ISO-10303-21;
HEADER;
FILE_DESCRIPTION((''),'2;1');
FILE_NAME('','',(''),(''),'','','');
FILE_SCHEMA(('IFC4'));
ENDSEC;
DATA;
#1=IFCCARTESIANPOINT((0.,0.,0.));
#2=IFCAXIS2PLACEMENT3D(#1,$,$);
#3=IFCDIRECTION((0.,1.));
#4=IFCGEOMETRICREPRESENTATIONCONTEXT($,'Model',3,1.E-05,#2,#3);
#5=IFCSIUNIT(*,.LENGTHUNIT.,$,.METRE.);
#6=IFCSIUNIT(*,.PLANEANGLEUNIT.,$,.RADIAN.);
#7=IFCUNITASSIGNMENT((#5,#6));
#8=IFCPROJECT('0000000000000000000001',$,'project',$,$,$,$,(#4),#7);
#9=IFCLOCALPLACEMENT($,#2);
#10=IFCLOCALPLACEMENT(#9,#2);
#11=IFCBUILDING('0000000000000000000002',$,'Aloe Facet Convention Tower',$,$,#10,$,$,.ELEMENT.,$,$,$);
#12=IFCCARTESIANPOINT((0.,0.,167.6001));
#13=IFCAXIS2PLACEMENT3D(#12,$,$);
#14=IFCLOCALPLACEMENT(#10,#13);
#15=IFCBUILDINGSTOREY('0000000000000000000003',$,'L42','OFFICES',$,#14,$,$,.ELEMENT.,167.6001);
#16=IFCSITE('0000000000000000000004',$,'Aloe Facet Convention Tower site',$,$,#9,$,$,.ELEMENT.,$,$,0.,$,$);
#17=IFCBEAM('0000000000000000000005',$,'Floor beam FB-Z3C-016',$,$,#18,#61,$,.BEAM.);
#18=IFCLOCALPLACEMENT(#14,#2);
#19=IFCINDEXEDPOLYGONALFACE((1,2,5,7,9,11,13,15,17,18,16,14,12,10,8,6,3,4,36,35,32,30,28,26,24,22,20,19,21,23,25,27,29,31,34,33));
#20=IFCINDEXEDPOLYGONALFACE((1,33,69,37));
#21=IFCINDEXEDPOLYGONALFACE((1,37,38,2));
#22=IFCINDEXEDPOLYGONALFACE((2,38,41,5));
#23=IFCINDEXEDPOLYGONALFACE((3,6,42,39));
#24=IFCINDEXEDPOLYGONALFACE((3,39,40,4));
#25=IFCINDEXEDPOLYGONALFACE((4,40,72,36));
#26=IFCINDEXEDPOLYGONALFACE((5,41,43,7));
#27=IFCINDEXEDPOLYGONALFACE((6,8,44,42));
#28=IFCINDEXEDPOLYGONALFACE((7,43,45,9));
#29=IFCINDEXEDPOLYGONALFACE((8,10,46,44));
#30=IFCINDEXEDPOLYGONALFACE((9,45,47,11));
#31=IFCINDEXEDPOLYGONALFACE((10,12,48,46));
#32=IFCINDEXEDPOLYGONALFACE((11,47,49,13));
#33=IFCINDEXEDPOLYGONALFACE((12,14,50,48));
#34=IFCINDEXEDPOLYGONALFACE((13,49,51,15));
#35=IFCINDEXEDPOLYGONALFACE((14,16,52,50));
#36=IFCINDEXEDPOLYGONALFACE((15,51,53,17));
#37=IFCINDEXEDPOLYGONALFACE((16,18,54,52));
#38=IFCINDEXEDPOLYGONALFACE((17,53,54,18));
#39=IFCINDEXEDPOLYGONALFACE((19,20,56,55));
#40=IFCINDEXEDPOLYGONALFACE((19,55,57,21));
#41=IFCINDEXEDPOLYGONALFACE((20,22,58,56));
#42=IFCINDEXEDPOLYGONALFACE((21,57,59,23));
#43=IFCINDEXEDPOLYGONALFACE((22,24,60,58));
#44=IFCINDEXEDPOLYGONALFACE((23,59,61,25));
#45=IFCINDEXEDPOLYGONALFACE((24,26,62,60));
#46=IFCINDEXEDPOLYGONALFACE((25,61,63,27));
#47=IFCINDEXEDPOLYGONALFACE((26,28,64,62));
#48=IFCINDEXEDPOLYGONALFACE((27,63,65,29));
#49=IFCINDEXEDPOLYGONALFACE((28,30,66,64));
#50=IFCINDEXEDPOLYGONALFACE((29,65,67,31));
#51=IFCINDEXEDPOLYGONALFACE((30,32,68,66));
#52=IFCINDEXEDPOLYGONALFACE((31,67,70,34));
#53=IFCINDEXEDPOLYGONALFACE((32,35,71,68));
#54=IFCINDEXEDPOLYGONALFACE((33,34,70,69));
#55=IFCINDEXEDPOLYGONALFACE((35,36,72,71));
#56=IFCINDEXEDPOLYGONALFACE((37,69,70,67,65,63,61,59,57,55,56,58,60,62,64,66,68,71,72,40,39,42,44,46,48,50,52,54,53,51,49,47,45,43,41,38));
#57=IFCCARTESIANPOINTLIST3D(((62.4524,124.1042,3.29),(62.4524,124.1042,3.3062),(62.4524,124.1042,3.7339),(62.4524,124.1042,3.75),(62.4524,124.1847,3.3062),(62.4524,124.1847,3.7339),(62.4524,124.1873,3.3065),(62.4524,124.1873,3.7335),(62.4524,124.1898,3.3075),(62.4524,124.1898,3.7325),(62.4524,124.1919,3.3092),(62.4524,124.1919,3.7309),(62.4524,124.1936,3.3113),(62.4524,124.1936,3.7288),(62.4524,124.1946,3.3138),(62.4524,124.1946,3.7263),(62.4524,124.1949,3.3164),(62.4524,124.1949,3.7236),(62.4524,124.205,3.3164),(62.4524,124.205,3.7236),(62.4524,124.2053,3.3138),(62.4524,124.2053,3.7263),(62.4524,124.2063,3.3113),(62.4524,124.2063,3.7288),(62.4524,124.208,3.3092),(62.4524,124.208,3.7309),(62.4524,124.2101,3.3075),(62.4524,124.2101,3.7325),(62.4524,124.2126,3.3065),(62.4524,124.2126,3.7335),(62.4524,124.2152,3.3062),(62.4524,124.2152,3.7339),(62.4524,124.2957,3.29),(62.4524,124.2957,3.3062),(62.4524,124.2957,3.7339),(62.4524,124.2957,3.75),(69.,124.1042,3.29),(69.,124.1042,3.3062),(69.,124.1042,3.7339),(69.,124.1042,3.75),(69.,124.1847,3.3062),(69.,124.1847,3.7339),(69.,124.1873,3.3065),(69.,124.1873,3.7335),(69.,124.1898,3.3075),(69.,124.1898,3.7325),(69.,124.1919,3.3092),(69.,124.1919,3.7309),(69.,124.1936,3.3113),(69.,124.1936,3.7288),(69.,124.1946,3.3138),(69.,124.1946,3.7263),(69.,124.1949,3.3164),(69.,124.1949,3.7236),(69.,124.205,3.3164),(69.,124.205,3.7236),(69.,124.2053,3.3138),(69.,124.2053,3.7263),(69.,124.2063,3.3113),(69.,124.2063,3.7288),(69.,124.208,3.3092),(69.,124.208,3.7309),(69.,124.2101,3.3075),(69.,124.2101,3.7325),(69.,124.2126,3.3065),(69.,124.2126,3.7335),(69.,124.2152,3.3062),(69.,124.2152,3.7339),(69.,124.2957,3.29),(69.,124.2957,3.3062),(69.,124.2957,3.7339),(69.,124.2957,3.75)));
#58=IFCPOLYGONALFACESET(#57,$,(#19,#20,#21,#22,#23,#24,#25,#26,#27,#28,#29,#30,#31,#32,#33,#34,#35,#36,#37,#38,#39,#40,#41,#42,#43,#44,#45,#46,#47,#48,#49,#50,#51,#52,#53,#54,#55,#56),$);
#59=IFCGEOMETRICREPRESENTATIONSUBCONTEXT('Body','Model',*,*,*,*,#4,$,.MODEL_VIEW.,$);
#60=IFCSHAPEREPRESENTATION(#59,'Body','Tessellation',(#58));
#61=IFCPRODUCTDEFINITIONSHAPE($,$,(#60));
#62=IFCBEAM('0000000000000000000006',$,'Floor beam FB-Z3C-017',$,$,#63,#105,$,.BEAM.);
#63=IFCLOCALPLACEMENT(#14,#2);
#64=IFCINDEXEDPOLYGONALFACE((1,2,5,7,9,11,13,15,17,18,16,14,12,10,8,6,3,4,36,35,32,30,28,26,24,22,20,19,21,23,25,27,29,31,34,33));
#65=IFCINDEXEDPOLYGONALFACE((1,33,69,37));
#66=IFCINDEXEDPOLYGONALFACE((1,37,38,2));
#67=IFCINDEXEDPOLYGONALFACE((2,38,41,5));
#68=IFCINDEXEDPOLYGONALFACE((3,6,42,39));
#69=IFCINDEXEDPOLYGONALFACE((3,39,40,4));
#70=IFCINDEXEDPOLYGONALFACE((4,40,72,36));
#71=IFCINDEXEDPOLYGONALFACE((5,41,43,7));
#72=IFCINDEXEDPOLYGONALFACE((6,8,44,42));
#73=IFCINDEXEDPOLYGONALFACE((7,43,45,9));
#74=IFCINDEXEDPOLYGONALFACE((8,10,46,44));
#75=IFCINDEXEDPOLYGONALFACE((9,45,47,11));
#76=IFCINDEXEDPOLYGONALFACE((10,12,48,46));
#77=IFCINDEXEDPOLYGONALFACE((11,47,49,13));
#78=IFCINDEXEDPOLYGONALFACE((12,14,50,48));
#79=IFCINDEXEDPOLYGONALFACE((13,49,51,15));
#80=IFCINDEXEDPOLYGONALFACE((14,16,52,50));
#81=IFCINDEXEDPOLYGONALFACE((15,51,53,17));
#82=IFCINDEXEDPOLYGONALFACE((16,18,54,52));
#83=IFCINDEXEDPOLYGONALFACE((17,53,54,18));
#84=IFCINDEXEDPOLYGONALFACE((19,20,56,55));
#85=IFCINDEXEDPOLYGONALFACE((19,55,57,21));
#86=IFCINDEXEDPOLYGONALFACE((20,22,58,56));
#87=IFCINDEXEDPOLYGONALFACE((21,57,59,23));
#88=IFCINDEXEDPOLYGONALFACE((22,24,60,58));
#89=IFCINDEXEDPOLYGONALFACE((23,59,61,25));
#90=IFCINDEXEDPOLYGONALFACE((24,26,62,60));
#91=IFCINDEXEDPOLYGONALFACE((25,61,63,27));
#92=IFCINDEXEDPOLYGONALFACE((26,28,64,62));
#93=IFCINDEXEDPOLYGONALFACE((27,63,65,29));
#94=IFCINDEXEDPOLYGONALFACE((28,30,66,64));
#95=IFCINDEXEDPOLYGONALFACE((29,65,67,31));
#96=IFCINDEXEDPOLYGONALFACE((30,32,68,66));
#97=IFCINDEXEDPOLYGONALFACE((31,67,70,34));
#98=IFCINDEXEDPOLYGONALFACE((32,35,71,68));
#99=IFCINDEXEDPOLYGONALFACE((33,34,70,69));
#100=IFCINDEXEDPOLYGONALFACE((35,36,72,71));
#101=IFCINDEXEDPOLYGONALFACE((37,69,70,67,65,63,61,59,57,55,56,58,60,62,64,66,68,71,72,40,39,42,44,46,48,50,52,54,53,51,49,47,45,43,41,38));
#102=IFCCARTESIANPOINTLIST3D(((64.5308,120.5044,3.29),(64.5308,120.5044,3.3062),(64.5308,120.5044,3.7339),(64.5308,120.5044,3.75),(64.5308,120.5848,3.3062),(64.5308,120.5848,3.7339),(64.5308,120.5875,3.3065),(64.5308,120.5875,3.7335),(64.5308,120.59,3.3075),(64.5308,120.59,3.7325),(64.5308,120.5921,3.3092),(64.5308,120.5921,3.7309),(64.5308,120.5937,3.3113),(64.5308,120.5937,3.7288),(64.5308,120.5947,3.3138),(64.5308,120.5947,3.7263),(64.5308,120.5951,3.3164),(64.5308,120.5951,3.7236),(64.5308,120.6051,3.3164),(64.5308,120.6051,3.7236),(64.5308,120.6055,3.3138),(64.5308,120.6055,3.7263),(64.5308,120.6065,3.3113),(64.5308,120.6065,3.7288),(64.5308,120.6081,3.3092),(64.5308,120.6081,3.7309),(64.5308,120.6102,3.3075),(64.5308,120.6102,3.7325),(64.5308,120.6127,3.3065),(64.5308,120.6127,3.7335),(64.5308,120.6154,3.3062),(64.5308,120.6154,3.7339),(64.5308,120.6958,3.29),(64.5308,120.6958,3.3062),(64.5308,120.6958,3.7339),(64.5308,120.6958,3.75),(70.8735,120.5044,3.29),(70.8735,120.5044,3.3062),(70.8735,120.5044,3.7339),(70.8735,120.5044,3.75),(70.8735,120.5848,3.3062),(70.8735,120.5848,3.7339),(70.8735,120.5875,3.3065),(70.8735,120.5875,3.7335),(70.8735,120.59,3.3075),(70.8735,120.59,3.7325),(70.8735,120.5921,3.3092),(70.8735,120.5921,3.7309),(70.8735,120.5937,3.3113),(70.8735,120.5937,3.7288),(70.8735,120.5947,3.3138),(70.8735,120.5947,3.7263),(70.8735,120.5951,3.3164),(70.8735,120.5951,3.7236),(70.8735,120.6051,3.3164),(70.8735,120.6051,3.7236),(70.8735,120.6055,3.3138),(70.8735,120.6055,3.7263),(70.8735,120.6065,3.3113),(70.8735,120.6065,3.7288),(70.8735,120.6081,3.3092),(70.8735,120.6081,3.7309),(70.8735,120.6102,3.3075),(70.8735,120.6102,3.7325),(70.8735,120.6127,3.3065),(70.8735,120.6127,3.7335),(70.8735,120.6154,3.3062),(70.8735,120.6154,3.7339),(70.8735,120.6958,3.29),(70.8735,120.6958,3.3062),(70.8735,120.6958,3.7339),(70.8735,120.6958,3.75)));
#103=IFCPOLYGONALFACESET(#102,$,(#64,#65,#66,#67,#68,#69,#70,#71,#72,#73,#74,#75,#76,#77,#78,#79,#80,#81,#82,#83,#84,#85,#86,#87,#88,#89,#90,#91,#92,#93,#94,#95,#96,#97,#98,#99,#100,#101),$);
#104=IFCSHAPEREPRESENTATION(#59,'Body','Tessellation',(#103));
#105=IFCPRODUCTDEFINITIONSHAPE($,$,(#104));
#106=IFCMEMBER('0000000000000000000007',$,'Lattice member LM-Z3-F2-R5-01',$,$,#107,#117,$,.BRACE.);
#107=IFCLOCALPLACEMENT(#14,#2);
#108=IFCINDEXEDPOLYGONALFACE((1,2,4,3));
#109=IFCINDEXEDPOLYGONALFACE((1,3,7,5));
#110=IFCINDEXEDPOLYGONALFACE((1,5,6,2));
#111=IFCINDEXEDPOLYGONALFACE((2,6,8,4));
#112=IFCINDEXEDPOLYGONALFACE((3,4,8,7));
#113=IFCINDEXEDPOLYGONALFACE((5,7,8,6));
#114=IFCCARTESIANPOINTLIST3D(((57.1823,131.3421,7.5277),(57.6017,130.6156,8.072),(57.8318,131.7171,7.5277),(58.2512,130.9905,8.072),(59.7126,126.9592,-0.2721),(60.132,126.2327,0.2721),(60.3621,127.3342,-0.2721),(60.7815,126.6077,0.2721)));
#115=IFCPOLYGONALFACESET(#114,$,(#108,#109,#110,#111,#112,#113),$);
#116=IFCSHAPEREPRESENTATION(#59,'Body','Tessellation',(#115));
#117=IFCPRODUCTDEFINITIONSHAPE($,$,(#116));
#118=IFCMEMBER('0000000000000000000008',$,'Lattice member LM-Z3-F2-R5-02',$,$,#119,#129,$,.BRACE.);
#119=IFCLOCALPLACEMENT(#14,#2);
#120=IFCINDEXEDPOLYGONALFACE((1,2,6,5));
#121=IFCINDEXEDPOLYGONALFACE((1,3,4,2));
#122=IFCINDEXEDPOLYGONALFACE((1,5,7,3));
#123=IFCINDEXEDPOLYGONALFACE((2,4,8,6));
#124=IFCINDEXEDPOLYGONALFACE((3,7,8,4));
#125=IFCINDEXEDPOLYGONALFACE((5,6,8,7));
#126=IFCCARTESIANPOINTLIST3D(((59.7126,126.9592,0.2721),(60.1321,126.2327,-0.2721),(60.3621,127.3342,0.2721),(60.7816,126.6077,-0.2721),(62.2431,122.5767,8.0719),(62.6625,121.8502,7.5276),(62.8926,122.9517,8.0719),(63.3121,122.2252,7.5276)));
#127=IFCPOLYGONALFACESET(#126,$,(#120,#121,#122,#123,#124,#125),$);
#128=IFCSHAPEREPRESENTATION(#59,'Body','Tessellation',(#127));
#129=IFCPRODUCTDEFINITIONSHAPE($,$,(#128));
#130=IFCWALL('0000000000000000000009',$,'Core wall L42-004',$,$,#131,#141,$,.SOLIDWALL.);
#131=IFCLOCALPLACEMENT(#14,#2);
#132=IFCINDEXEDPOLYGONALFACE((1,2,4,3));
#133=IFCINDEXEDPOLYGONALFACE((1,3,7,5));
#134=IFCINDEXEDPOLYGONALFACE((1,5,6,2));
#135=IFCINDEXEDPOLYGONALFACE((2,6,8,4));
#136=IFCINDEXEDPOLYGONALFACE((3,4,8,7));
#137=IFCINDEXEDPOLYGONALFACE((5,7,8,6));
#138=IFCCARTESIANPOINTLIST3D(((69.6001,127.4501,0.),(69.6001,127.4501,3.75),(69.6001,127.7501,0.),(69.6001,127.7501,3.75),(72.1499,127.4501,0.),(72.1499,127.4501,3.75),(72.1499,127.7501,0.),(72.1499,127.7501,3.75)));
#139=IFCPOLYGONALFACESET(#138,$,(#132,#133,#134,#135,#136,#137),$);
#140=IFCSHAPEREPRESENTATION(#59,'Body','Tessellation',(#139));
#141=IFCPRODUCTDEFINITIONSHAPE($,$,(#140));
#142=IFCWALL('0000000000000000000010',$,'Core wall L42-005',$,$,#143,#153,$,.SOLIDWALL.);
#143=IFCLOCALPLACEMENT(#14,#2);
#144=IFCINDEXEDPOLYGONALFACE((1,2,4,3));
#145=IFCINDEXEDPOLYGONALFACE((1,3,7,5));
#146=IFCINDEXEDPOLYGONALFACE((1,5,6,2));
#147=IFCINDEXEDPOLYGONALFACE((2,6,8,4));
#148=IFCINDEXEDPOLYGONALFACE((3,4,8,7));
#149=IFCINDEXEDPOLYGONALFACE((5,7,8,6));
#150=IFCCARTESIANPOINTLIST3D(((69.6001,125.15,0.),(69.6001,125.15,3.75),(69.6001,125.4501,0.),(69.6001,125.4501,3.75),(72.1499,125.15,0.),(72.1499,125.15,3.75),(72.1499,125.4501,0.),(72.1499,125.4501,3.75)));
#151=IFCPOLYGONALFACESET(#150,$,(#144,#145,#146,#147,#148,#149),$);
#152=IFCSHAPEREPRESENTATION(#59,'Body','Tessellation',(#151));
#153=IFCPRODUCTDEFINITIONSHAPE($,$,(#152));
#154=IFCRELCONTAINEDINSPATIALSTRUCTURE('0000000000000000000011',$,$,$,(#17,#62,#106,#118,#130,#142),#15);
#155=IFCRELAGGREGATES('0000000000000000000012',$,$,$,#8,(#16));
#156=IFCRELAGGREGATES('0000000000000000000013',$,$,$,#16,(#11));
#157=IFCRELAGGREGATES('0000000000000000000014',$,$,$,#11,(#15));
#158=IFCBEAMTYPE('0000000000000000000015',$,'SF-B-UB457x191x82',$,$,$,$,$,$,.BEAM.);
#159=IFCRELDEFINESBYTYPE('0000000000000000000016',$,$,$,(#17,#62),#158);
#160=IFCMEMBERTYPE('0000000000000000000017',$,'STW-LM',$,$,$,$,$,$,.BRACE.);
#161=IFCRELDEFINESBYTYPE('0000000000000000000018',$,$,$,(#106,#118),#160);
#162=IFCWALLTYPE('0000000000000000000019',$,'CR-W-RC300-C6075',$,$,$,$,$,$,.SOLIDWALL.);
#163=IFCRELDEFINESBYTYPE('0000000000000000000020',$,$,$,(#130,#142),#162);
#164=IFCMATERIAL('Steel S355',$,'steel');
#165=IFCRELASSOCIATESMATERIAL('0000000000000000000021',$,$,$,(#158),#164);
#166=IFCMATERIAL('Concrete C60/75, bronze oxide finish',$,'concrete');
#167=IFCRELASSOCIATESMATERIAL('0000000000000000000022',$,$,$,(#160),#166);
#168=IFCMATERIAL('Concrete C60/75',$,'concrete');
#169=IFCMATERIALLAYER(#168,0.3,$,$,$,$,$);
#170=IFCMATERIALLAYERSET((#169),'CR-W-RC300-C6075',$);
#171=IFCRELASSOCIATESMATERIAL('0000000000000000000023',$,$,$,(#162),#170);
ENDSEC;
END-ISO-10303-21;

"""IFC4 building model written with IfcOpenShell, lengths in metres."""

from ifc_helpers import new_model, si_unit, direction, frame, frame_2d, origin, origin_2d, place, context, subcontext, project, spatial, rectangle, i_section, extrude, material, layer, layer_set, material_profile, profile_set, type_object, element, save


model = new_model("IFC4")

# Units and contexts
model_context = context("Model", 3, precision=1e-05, world=origin(), true_north=direction((0.0, 1.0)))
body_context = subcontext(model_context, "Body", "Model", "MODEL_VIEW")
ifc_project = project(units=[si_unit("LENGTHUNIT", "METRE"), si_unit("PLANEANGLEUNIT", "RADIAN")], contexts=[model_context])

# Site, building, storey
site_placement = place(None, origin())
site = spatial("IfcSite", under=ifc_project, at=site_placement, Name="Aloe Facet Convention Tower site", CompositionType="ELEMENT", RefElevation=0.0)
building_placement = place(site_placement, origin())
building = spatial("IfcBuilding", under=site, at=building_placement, Name="Aloe Facet Convention Tower", CompositionType="ELEMENT")
storey_placement = place(building_placement, frame((0.0, 0.0, 167.6001)))
storey = spatial("IfcBuildingStorey", under=building, at=storey_placement, Name="L42", Description="OFFICES", CompositionType="ELEMENT", Elevation=167.6001)

# Beams
ifc_material_1 = material(Name="Steel S355", Category="steel")
ifc_material_profile_1 = material_profile(ifc_material_1, i_section(OverallWidth=0.1914, OverallDepth=0.46, WebThickness=0.01, FlangeThickness=0.0161, FilletRadius=0.0103, at=origin_2d()), Name="UB 457x191x82")
ifc_profile_set_1 = profile_set([ifc_material_profile_1], Name="Steel S355")
beam_type = type_object("IfcBeamType", Name="SF-B-UB457x191x82", PredefinedType="BEAM", material=ifc_profile_set_1)
beam_1_placement = place(storey_placement, frame((62.4524, 124.2, 3.52), z_axis=(1.0, 0.0, 0.0), x_axis=(0.0, 1.0, 0.0)))
element("IfcBeam", 1, at=beam_1_placement, inside=storey, type_object=beam_type, Name="Floor beam FB-Z3C-016", PredefinedType="BEAM", context=body_context, shape_type="SweptSolid", body=[
    extrude(i_section(OverallWidth=0.1914, OverallDepth=0.46, WebThickness=0.01, FlangeThickness=0.0161, FilletRadius=0.0103, at=origin_2d()), origin(), (0.0, 0.0, 1.0), 6.5476),
])
beam_2_placement = place(storey_placement, frame((64.5308, 120.6001, 3.52), z_axis=(1.0, 0.0, 0.0), x_axis=(0.0, 1.0, 0.0)))
element("IfcBeam", 2, at=beam_2_placement, inside=storey, type_object=beam_type, Name="Floor beam FB-Z3C-017", PredefinedType="BEAM", context=body_context, shape_type="SweptSolid", body=[
    extrude(i_section(OverallWidth=0.1914, OverallDepth=0.46, WebThickness=0.01, FlangeThickness=0.0161, FilletRadius=0.0103, at=origin_2d()), origin(), (0.0, 0.0, 1.0), 6.3428),
])

# Members
ifc_material_2 = material(Name="Concrete C60/75, bronze oxide finish", Category="concrete")
ifc_material_profile_2 = material_profile(ifc_material_2, rectangle(XDim=0.75, YDim=1.0, at=origin_2d()), Name="STW-LM")
ifc_profile_set_2 = profile_set([ifc_material_profile_2], Name="Concrete C60/75, bronze oxide finish")
member_type = type_object("IfcMemberType", Name="STW-LM", PredefinedType="BRACE", material=ifc_profile_set_2)
member_1_placement = place(storey_placement, frame((60.2471, 126.7834, 0.0), z_axis=(-0.272138, 0.471384, 0.838891), x_axis=(-0.866038, -0.499979, 0.0)))
element("IfcMember", 3, at=member_1_placement, inside=storey, type_object=member_type, Name="Lattice member LM-Z3-F2-R5-01", PredefinedType="BRACE", context=body_context, shape_type="SweptSolid", body=[
    extrude(rectangle(XDim=0.75, YDim=1.0, at=origin_2d()), origin(), (0.0, 0.0, 1.0), 9.2979),
])
member_2_placement = place(storey_placement, frame((60.2471, 126.7834, 0.0), z_axis=(0.272166, -0.47136, 0.838895), x_axis=(0.866005, 0.500036, 0.0)))
element("IfcMember", 4, at=member_2_placement, inside=storey, type_object=member_type, Name="Lattice member LM-Z3-F2-R5-02", PredefinedType="BRACE", context=body_context, shape_type="SweptSolid", body=[
    extrude(rectangle(XDim=0.75, YDim=1.0, at=origin_2d()), origin(), (0.0, 0.0, 1.0), 9.2976),
])

# Walls
ifc_material_3 = material(Name="Concrete C60/75", Category="concrete")
ifc_layer_1 = layer(ifc_material_3, 0.3)
ifc_layer_set_1 = layer_set([ifc_layer_1], Name="CR-W-RC300-C6075")
wall_type_1 = type_object("IfcWallType", Name="CR-W-RC300-C6075", PredefinedType="SOLIDWALL", material=ifc_layer_set_1)
for number, where, z_axis, x_axis, name in (
    (5, (69.6001, 127.6001, 0.0), (0.0, 0.0, 1.0), (1.0, 0.0, 0.0), "Core wall L42-004"),
    (6, (69.6001, 125.3, 0.0), (0.0, 0.0, 1.0), (1.0, 0.0, 0.0), "Core wall L42-005"),
):
    element("IfcWall", number, at=place(storey_placement, frame(where, z_axis=z_axis, x_axis=x_axis)), inside=storey, type_object=wall_type_1, Name=name, PredefinedType="SOLIDWALL", context=body_context, shape_type="SweptSolid", body=[
        extrude(rectangle(XDim=2.5498, YDim=0.3, at=frame_2d((1.2749, 0.0))), origin(), (0.0, 0.0, 1.0), 3.75),
    ])

save(model, "model.ifc")
